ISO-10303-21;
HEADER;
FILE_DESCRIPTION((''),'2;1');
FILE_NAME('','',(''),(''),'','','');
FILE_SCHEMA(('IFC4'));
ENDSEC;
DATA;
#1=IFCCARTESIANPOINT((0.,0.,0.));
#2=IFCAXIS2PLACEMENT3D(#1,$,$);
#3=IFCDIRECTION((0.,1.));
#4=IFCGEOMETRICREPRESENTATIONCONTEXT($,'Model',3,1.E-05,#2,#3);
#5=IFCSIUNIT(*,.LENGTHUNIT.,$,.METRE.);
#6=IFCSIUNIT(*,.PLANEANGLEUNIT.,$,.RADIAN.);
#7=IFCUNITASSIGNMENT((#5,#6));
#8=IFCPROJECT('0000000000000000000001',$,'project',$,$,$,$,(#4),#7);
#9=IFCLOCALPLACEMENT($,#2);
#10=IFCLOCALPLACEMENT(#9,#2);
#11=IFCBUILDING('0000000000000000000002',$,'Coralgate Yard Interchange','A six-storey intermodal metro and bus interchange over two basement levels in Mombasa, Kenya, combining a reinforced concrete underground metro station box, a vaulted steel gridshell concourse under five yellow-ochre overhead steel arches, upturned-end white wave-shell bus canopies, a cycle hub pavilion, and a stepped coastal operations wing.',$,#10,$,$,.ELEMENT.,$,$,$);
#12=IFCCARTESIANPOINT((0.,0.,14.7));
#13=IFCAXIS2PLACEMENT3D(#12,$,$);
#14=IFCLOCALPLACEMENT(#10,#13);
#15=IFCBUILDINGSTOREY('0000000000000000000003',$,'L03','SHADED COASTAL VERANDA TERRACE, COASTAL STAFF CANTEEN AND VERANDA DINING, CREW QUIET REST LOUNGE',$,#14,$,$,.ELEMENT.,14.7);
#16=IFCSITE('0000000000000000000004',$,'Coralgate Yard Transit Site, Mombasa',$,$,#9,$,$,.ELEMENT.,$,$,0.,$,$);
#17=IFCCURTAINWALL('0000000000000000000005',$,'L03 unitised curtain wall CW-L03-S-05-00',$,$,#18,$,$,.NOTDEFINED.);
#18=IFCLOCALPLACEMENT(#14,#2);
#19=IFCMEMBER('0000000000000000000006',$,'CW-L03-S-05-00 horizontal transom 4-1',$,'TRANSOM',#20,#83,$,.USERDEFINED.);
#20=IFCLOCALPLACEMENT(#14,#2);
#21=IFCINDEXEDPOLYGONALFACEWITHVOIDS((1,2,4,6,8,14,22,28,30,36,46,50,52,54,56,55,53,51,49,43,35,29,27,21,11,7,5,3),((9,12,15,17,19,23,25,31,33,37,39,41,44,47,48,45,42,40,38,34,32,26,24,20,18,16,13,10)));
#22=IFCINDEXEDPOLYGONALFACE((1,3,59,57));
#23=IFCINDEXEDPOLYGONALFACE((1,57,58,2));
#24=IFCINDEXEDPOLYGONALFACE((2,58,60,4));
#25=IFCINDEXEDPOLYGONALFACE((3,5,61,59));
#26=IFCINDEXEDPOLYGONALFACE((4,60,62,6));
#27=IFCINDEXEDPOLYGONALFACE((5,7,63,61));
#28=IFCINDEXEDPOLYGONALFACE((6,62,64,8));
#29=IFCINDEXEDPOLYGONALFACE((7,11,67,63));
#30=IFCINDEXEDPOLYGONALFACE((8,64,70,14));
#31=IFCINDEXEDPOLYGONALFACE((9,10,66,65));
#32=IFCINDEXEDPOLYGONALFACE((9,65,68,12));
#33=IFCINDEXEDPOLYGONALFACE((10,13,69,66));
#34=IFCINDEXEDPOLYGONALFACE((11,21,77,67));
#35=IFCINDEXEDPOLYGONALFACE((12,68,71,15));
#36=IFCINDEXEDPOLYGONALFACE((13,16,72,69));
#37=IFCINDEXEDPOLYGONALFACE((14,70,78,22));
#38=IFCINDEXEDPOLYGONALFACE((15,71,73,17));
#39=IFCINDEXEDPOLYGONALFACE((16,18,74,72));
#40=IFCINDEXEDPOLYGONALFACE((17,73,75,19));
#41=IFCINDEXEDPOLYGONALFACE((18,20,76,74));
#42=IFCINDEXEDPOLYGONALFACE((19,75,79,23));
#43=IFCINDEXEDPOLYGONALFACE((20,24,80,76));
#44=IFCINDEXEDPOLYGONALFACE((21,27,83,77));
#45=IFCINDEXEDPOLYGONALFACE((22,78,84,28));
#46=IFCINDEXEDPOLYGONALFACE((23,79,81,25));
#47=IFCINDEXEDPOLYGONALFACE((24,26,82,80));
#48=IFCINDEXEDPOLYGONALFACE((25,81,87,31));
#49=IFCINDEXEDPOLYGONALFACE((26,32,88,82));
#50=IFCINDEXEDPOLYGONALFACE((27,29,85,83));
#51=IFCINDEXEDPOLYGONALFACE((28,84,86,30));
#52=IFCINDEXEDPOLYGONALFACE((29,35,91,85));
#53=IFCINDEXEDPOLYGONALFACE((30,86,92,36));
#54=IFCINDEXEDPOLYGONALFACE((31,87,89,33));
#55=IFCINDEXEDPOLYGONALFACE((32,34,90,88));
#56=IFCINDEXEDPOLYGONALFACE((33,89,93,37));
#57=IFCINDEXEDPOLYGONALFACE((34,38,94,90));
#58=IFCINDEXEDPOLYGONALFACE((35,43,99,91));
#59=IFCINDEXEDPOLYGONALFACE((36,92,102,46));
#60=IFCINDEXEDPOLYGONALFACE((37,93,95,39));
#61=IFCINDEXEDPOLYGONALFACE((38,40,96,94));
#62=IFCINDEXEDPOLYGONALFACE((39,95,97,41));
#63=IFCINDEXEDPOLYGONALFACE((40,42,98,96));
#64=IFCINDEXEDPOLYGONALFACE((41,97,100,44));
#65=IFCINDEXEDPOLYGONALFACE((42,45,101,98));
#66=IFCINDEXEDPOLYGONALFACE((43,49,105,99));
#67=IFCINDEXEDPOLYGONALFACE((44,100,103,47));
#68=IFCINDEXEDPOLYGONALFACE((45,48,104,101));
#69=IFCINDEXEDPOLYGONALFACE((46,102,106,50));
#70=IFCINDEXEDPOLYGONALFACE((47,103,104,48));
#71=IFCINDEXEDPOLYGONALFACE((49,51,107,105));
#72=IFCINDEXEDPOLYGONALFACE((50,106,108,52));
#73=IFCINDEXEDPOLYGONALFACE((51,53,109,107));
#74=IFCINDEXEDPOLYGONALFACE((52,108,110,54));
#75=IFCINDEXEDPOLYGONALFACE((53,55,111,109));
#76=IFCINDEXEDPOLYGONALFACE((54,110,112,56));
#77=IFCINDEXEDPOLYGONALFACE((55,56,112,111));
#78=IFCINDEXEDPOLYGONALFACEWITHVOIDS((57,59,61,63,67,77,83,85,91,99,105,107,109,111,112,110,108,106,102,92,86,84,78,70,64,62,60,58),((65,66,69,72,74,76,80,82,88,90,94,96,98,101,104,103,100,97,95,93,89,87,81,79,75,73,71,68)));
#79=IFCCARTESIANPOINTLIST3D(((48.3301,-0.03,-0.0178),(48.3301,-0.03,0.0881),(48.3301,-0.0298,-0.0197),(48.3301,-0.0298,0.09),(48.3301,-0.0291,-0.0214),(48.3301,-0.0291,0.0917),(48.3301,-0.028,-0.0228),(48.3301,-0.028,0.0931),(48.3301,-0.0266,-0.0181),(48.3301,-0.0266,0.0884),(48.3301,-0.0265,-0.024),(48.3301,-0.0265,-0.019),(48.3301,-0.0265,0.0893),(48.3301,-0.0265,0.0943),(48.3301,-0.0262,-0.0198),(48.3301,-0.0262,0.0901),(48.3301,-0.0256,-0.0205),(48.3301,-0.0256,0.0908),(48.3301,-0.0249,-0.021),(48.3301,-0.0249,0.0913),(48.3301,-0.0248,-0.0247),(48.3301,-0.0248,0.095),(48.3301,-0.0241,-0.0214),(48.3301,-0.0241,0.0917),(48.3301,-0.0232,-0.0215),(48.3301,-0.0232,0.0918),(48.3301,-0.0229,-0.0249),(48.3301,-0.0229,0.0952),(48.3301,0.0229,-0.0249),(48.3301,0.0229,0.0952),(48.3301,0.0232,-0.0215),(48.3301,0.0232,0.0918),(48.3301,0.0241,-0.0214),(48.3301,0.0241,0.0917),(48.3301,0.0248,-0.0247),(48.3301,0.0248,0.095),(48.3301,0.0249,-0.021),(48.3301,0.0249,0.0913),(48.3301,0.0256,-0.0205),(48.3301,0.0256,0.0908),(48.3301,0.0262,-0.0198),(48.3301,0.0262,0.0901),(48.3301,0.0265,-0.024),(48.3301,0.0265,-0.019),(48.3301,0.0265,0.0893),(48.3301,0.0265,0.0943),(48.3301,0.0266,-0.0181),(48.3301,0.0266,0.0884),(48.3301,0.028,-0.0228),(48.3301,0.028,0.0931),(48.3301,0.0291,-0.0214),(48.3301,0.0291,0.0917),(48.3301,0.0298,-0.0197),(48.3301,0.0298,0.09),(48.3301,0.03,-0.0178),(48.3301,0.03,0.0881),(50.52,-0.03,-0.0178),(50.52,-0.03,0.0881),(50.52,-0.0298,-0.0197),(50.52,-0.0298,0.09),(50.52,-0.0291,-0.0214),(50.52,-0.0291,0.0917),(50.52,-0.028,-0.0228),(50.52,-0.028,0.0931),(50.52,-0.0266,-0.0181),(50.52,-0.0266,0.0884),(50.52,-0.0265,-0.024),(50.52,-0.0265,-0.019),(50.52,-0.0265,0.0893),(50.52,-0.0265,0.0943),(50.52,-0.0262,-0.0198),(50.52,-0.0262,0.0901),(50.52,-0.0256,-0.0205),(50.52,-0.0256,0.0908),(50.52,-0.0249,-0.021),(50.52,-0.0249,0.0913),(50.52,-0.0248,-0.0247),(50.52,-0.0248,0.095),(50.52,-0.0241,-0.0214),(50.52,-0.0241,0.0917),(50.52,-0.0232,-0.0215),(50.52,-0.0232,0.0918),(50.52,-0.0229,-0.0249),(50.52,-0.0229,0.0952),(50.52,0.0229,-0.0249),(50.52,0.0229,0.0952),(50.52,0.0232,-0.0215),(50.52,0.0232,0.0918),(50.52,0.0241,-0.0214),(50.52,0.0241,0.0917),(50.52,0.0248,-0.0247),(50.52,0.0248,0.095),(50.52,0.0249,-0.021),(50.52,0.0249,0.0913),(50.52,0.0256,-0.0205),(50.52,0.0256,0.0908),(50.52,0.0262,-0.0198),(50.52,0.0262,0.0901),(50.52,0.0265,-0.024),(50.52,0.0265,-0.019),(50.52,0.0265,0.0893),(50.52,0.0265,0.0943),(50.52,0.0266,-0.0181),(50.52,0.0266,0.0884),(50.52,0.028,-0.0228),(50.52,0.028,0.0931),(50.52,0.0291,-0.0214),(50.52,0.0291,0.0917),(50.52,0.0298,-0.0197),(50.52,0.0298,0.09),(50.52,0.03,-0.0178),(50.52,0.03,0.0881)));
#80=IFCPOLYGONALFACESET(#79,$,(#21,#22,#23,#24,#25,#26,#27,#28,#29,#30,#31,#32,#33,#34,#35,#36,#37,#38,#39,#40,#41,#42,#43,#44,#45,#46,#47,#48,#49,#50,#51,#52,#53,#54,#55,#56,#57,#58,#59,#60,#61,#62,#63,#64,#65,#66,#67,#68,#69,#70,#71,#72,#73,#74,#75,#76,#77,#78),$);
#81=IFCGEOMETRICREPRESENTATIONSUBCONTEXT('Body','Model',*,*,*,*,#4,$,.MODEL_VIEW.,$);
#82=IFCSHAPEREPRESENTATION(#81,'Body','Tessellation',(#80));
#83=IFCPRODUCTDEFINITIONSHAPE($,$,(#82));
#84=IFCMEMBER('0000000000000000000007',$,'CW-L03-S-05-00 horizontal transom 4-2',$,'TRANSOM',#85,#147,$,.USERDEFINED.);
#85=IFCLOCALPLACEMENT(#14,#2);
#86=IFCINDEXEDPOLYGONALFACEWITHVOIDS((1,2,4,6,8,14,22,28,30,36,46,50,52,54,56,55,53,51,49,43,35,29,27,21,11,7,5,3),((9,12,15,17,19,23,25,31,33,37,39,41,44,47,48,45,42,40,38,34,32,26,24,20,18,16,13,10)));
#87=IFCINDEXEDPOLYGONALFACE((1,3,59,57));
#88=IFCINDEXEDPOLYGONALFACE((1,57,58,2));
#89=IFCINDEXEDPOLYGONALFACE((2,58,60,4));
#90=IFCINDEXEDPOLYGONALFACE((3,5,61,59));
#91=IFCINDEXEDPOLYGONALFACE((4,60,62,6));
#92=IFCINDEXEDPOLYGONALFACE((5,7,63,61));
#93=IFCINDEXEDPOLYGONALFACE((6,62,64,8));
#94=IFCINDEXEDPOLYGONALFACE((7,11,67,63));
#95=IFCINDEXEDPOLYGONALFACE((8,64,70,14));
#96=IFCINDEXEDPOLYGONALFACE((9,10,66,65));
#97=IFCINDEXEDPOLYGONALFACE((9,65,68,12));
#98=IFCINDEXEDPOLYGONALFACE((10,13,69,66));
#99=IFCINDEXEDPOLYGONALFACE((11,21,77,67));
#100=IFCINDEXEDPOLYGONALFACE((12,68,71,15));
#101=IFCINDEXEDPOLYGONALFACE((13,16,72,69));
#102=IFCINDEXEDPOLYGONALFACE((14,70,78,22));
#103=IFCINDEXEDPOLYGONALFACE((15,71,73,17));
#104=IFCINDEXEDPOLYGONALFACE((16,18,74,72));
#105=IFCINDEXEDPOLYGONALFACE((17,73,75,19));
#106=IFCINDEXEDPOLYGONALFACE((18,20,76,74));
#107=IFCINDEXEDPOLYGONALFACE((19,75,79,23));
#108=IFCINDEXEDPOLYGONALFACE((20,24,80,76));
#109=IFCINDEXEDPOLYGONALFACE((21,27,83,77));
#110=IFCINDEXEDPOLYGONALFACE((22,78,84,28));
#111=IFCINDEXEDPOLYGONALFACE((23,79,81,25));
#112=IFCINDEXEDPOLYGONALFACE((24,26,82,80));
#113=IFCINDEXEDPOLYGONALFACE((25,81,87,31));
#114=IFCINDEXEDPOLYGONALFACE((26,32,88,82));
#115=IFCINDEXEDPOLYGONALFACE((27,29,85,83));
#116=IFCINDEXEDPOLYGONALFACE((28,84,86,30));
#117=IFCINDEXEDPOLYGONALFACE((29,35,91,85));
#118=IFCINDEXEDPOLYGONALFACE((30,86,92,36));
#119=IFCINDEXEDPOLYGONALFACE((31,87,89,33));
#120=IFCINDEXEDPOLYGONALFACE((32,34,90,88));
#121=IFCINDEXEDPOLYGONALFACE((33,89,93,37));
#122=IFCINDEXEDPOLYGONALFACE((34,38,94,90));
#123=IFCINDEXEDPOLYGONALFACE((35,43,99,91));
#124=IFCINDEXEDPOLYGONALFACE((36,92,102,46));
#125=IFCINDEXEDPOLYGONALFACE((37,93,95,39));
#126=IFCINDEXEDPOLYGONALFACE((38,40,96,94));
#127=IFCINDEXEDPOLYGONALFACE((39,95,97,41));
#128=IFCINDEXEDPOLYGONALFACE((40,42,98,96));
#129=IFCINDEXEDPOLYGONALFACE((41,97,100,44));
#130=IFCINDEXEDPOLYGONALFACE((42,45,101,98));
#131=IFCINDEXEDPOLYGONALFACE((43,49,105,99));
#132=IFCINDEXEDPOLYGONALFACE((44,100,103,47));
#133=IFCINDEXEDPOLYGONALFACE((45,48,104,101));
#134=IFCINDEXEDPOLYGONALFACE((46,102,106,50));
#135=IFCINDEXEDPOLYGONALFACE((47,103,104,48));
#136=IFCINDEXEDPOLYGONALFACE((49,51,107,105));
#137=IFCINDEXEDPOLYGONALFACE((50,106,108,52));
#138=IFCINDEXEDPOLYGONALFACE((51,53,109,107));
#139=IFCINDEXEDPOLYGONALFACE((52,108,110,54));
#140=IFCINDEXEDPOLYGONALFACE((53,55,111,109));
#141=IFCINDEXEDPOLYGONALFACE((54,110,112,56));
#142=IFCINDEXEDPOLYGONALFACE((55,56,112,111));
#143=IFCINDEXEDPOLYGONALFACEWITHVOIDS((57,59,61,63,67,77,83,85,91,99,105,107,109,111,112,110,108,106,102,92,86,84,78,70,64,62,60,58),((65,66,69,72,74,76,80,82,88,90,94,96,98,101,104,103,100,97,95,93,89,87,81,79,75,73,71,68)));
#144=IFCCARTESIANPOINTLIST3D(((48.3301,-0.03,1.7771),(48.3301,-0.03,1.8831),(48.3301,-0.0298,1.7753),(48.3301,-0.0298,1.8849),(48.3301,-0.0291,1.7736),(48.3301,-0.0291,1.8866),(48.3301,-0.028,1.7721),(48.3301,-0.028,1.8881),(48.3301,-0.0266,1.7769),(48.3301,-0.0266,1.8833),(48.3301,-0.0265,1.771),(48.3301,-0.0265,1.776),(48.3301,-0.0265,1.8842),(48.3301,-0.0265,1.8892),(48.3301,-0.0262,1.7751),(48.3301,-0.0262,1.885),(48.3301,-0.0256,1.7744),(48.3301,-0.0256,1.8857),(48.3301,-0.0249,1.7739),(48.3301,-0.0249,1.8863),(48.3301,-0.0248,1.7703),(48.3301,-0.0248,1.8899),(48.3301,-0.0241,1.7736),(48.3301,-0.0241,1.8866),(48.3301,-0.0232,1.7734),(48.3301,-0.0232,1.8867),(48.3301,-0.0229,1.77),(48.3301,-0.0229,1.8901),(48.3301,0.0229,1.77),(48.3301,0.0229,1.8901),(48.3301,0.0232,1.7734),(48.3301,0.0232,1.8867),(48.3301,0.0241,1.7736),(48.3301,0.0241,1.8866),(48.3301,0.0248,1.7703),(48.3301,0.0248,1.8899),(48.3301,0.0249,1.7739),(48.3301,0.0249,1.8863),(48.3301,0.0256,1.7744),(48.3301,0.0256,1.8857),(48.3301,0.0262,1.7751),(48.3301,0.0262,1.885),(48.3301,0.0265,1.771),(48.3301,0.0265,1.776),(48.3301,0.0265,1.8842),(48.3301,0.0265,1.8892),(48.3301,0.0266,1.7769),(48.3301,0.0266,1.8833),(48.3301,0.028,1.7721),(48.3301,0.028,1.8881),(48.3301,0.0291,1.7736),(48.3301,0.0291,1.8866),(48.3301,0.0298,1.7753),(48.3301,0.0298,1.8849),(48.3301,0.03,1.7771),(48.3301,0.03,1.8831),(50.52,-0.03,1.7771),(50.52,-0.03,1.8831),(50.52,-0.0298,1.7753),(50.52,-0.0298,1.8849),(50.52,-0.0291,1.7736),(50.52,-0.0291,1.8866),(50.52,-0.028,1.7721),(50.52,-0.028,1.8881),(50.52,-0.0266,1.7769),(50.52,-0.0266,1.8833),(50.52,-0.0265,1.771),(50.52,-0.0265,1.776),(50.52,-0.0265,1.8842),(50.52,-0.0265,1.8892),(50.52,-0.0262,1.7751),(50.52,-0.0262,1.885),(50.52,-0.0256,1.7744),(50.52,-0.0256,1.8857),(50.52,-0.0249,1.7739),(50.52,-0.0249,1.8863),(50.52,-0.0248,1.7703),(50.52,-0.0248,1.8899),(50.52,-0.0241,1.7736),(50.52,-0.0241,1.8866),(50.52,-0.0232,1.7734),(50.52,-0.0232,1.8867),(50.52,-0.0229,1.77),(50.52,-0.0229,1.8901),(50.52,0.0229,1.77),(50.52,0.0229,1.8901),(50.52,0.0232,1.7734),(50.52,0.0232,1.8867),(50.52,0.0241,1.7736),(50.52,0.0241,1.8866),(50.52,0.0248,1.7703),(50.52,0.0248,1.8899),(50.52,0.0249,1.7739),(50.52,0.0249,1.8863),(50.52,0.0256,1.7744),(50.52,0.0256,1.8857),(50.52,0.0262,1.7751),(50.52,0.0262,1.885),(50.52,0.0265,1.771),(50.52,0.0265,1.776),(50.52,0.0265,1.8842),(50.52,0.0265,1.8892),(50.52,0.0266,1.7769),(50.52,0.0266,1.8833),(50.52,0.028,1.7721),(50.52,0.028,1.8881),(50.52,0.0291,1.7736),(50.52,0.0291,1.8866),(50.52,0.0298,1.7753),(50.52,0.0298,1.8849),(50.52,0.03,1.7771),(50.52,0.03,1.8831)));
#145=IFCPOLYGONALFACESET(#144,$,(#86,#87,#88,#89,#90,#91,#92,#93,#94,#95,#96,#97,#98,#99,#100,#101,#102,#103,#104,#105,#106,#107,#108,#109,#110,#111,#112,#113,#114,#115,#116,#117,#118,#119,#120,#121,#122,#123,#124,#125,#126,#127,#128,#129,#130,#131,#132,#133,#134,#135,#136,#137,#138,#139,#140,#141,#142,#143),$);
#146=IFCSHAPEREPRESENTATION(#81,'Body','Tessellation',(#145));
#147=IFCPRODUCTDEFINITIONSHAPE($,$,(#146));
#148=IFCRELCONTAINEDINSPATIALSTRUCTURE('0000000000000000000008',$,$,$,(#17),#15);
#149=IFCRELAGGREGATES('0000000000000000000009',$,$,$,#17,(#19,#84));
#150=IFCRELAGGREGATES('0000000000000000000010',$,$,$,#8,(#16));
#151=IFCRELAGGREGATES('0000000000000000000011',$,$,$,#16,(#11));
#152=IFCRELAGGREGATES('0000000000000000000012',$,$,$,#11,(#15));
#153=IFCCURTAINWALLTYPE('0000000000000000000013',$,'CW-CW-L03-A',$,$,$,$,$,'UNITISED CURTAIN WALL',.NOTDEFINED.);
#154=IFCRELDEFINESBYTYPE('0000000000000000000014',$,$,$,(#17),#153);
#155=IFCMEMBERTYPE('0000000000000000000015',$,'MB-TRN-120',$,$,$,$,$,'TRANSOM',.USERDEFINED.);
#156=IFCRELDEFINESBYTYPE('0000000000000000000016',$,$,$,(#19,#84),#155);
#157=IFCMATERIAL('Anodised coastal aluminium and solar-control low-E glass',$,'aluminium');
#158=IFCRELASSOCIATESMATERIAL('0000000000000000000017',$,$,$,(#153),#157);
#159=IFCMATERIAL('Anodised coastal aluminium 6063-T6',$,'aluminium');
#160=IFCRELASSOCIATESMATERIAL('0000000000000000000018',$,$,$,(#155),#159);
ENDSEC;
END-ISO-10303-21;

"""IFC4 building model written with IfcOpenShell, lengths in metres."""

from ifc_helpers import new_model, si_unit, direction, frame, origin, origin_2d, place, context, subcontext, project, spatial, hollow_rectangle, extrude, material, material_profile, profile_set, type_object, element, aggregate, save


model = new_model("IFC4")

# Units and contexts
model_context = context("Model", 3, precision=1e-05, world=origin(), true_north=direction((0.0, 1.0)))
body_context = subcontext(model_context, "Body", "Model", "MODEL_VIEW")
ifc_project = project(units=[si_unit("LENGTHUNIT", "METRE"), si_unit("PLANEANGLEUNIT", "RADIAN")], contexts=[model_context])

# Site, building, storey
site_placement = place(None, origin())
site = spatial("IfcSite", under=ifc_project, at=site_placement, Name="Coralgate Yard Transit Site, Mombasa", CompositionType="ELEMENT", RefElevation=0.0)
building_placement = place(site_placement, origin())
building = spatial("IfcBuilding", under=site, at=building_placement, Name="Coralgate Yard Interchange", Description="A six-storey intermodal metro and bus interchange over two basement levels in Mombasa, Kenya, combining a reinforced concrete underground metro station box, a vaulted steel gridshell concourse under five yellow-ochre overhead steel arches, upturned-end white wave-shell bus canopies, a cycle hub pavilion, and a stepped coastal operations wing.", CompositionType="ELEMENT")
storey_placement = place(building_placement, frame((0.0, 0.0, 14.7)))
storey = spatial("IfcBuildingStorey", under=building, at=storey_placement, Name="L03", Description="SHADED COASTAL VERANDA TERRACE, COASTAL STAFF CANTEEN AND VERANDA DINING, CREW QUIET REST LOUNGE", CompositionType="ELEMENT", Elevation=14.7)

# Curtain wall, members
ifc_material_1 = material(Name="Anodised coastal aluminium and solar-control low-E glass", Category="aluminium")
curtain_wall_type = type_object("IfcCurtainWallType", Name="CW-CW-L03-A", ElementType="UNITISED CURTAIN WALL", PredefinedType="NOTDEFINED", material=ifc_material_1)
curtain_wall_placement = place(storey_placement, origin())
curtain_wall = element("IfcCurtainWall", 1, at=curtain_wall_placement, inside=storey, type_object=curtain_wall_type, Name="L03 unitised curtain wall CW-L03-S-05-00", PredefinedType="NOTDEFINED")
ifc_material_2 = material(Name="Anodised coastal aluminium 6063-T6", Category="aluminium")
ifc_material_profile_1 = material_profile(ifc_material_2, hollow_rectangle(XDim=0.0601, YDim=0.1201, WallThickness=0.0034, InnerFilletRadius=0.0034, OuterFilletRadius=0.0071, at=origin_2d()), Name="ALU 60x120x3.5")
ifc_profile_set_1 = profile_set([ifc_material_profile_1], Name="Anodised coastal aluminium 6063-T6")
member_type_1 = type_object("IfcMemberType", Name="MB-TRN-120", ElementType="TRANSOM", PredefinedType="USERDEFINED", material=ifc_profile_set_1)
member_1_placement = place(storey_placement, frame((50.52, 0.0, 0.0352), z_axis=(-1.0, 0.0, 0.0), x_axis=(0.0, -1.0, 0.0)))
member_1 = element("IfcMember", 2, at=member_1_placement, type_object=member_type_1, Name="CW-L03-S-05-00 horizontal transom 4-1", ObjectType="TRANSOM", PredefinedType="USERDEFINED", context=body_context, shape_type="SweptSolid", body=[
    extrude(hollow_rectangle(XDim=0.0601, YDim=0.1201, WallThickness=0.0034, InnerFilletRadius=0.0034, OuterFilletRadius=0.0071, at=origin_2d()), origin(), (0.0, 0.0, 1.0), 2.1899),
])
member_2_placement = place(storey_placement, frame((50.52, 0.0, 1.8301), z_axis=(-1.0, 0.0, 0.0), x_axis=(0.0, -1.0, 0.0)))
member_2 = element("IfcMember", 3, at=member_2_placement, type_object=member_type_1, Name="CW-L03-S-05-00 horizontal transom 4-2", ObjectType="TRANSOM", PredefinedType="USERDEFINED", context=body_context, shape_type="SweptSolid", body=[
    extrude(hollow_rectangle(XDim=0.0601, YDim=0.1201, WallThickness=0.0034, InnerFilletRadius=0.0034, OuterFilletRadius=0.0071, at=origin_2d()), origin(), (0.0, 0.0, 1.0), 2.1899),
])
aggregate(curtain_wall, [member_1, member_2])

save(model, "model.ifc")
